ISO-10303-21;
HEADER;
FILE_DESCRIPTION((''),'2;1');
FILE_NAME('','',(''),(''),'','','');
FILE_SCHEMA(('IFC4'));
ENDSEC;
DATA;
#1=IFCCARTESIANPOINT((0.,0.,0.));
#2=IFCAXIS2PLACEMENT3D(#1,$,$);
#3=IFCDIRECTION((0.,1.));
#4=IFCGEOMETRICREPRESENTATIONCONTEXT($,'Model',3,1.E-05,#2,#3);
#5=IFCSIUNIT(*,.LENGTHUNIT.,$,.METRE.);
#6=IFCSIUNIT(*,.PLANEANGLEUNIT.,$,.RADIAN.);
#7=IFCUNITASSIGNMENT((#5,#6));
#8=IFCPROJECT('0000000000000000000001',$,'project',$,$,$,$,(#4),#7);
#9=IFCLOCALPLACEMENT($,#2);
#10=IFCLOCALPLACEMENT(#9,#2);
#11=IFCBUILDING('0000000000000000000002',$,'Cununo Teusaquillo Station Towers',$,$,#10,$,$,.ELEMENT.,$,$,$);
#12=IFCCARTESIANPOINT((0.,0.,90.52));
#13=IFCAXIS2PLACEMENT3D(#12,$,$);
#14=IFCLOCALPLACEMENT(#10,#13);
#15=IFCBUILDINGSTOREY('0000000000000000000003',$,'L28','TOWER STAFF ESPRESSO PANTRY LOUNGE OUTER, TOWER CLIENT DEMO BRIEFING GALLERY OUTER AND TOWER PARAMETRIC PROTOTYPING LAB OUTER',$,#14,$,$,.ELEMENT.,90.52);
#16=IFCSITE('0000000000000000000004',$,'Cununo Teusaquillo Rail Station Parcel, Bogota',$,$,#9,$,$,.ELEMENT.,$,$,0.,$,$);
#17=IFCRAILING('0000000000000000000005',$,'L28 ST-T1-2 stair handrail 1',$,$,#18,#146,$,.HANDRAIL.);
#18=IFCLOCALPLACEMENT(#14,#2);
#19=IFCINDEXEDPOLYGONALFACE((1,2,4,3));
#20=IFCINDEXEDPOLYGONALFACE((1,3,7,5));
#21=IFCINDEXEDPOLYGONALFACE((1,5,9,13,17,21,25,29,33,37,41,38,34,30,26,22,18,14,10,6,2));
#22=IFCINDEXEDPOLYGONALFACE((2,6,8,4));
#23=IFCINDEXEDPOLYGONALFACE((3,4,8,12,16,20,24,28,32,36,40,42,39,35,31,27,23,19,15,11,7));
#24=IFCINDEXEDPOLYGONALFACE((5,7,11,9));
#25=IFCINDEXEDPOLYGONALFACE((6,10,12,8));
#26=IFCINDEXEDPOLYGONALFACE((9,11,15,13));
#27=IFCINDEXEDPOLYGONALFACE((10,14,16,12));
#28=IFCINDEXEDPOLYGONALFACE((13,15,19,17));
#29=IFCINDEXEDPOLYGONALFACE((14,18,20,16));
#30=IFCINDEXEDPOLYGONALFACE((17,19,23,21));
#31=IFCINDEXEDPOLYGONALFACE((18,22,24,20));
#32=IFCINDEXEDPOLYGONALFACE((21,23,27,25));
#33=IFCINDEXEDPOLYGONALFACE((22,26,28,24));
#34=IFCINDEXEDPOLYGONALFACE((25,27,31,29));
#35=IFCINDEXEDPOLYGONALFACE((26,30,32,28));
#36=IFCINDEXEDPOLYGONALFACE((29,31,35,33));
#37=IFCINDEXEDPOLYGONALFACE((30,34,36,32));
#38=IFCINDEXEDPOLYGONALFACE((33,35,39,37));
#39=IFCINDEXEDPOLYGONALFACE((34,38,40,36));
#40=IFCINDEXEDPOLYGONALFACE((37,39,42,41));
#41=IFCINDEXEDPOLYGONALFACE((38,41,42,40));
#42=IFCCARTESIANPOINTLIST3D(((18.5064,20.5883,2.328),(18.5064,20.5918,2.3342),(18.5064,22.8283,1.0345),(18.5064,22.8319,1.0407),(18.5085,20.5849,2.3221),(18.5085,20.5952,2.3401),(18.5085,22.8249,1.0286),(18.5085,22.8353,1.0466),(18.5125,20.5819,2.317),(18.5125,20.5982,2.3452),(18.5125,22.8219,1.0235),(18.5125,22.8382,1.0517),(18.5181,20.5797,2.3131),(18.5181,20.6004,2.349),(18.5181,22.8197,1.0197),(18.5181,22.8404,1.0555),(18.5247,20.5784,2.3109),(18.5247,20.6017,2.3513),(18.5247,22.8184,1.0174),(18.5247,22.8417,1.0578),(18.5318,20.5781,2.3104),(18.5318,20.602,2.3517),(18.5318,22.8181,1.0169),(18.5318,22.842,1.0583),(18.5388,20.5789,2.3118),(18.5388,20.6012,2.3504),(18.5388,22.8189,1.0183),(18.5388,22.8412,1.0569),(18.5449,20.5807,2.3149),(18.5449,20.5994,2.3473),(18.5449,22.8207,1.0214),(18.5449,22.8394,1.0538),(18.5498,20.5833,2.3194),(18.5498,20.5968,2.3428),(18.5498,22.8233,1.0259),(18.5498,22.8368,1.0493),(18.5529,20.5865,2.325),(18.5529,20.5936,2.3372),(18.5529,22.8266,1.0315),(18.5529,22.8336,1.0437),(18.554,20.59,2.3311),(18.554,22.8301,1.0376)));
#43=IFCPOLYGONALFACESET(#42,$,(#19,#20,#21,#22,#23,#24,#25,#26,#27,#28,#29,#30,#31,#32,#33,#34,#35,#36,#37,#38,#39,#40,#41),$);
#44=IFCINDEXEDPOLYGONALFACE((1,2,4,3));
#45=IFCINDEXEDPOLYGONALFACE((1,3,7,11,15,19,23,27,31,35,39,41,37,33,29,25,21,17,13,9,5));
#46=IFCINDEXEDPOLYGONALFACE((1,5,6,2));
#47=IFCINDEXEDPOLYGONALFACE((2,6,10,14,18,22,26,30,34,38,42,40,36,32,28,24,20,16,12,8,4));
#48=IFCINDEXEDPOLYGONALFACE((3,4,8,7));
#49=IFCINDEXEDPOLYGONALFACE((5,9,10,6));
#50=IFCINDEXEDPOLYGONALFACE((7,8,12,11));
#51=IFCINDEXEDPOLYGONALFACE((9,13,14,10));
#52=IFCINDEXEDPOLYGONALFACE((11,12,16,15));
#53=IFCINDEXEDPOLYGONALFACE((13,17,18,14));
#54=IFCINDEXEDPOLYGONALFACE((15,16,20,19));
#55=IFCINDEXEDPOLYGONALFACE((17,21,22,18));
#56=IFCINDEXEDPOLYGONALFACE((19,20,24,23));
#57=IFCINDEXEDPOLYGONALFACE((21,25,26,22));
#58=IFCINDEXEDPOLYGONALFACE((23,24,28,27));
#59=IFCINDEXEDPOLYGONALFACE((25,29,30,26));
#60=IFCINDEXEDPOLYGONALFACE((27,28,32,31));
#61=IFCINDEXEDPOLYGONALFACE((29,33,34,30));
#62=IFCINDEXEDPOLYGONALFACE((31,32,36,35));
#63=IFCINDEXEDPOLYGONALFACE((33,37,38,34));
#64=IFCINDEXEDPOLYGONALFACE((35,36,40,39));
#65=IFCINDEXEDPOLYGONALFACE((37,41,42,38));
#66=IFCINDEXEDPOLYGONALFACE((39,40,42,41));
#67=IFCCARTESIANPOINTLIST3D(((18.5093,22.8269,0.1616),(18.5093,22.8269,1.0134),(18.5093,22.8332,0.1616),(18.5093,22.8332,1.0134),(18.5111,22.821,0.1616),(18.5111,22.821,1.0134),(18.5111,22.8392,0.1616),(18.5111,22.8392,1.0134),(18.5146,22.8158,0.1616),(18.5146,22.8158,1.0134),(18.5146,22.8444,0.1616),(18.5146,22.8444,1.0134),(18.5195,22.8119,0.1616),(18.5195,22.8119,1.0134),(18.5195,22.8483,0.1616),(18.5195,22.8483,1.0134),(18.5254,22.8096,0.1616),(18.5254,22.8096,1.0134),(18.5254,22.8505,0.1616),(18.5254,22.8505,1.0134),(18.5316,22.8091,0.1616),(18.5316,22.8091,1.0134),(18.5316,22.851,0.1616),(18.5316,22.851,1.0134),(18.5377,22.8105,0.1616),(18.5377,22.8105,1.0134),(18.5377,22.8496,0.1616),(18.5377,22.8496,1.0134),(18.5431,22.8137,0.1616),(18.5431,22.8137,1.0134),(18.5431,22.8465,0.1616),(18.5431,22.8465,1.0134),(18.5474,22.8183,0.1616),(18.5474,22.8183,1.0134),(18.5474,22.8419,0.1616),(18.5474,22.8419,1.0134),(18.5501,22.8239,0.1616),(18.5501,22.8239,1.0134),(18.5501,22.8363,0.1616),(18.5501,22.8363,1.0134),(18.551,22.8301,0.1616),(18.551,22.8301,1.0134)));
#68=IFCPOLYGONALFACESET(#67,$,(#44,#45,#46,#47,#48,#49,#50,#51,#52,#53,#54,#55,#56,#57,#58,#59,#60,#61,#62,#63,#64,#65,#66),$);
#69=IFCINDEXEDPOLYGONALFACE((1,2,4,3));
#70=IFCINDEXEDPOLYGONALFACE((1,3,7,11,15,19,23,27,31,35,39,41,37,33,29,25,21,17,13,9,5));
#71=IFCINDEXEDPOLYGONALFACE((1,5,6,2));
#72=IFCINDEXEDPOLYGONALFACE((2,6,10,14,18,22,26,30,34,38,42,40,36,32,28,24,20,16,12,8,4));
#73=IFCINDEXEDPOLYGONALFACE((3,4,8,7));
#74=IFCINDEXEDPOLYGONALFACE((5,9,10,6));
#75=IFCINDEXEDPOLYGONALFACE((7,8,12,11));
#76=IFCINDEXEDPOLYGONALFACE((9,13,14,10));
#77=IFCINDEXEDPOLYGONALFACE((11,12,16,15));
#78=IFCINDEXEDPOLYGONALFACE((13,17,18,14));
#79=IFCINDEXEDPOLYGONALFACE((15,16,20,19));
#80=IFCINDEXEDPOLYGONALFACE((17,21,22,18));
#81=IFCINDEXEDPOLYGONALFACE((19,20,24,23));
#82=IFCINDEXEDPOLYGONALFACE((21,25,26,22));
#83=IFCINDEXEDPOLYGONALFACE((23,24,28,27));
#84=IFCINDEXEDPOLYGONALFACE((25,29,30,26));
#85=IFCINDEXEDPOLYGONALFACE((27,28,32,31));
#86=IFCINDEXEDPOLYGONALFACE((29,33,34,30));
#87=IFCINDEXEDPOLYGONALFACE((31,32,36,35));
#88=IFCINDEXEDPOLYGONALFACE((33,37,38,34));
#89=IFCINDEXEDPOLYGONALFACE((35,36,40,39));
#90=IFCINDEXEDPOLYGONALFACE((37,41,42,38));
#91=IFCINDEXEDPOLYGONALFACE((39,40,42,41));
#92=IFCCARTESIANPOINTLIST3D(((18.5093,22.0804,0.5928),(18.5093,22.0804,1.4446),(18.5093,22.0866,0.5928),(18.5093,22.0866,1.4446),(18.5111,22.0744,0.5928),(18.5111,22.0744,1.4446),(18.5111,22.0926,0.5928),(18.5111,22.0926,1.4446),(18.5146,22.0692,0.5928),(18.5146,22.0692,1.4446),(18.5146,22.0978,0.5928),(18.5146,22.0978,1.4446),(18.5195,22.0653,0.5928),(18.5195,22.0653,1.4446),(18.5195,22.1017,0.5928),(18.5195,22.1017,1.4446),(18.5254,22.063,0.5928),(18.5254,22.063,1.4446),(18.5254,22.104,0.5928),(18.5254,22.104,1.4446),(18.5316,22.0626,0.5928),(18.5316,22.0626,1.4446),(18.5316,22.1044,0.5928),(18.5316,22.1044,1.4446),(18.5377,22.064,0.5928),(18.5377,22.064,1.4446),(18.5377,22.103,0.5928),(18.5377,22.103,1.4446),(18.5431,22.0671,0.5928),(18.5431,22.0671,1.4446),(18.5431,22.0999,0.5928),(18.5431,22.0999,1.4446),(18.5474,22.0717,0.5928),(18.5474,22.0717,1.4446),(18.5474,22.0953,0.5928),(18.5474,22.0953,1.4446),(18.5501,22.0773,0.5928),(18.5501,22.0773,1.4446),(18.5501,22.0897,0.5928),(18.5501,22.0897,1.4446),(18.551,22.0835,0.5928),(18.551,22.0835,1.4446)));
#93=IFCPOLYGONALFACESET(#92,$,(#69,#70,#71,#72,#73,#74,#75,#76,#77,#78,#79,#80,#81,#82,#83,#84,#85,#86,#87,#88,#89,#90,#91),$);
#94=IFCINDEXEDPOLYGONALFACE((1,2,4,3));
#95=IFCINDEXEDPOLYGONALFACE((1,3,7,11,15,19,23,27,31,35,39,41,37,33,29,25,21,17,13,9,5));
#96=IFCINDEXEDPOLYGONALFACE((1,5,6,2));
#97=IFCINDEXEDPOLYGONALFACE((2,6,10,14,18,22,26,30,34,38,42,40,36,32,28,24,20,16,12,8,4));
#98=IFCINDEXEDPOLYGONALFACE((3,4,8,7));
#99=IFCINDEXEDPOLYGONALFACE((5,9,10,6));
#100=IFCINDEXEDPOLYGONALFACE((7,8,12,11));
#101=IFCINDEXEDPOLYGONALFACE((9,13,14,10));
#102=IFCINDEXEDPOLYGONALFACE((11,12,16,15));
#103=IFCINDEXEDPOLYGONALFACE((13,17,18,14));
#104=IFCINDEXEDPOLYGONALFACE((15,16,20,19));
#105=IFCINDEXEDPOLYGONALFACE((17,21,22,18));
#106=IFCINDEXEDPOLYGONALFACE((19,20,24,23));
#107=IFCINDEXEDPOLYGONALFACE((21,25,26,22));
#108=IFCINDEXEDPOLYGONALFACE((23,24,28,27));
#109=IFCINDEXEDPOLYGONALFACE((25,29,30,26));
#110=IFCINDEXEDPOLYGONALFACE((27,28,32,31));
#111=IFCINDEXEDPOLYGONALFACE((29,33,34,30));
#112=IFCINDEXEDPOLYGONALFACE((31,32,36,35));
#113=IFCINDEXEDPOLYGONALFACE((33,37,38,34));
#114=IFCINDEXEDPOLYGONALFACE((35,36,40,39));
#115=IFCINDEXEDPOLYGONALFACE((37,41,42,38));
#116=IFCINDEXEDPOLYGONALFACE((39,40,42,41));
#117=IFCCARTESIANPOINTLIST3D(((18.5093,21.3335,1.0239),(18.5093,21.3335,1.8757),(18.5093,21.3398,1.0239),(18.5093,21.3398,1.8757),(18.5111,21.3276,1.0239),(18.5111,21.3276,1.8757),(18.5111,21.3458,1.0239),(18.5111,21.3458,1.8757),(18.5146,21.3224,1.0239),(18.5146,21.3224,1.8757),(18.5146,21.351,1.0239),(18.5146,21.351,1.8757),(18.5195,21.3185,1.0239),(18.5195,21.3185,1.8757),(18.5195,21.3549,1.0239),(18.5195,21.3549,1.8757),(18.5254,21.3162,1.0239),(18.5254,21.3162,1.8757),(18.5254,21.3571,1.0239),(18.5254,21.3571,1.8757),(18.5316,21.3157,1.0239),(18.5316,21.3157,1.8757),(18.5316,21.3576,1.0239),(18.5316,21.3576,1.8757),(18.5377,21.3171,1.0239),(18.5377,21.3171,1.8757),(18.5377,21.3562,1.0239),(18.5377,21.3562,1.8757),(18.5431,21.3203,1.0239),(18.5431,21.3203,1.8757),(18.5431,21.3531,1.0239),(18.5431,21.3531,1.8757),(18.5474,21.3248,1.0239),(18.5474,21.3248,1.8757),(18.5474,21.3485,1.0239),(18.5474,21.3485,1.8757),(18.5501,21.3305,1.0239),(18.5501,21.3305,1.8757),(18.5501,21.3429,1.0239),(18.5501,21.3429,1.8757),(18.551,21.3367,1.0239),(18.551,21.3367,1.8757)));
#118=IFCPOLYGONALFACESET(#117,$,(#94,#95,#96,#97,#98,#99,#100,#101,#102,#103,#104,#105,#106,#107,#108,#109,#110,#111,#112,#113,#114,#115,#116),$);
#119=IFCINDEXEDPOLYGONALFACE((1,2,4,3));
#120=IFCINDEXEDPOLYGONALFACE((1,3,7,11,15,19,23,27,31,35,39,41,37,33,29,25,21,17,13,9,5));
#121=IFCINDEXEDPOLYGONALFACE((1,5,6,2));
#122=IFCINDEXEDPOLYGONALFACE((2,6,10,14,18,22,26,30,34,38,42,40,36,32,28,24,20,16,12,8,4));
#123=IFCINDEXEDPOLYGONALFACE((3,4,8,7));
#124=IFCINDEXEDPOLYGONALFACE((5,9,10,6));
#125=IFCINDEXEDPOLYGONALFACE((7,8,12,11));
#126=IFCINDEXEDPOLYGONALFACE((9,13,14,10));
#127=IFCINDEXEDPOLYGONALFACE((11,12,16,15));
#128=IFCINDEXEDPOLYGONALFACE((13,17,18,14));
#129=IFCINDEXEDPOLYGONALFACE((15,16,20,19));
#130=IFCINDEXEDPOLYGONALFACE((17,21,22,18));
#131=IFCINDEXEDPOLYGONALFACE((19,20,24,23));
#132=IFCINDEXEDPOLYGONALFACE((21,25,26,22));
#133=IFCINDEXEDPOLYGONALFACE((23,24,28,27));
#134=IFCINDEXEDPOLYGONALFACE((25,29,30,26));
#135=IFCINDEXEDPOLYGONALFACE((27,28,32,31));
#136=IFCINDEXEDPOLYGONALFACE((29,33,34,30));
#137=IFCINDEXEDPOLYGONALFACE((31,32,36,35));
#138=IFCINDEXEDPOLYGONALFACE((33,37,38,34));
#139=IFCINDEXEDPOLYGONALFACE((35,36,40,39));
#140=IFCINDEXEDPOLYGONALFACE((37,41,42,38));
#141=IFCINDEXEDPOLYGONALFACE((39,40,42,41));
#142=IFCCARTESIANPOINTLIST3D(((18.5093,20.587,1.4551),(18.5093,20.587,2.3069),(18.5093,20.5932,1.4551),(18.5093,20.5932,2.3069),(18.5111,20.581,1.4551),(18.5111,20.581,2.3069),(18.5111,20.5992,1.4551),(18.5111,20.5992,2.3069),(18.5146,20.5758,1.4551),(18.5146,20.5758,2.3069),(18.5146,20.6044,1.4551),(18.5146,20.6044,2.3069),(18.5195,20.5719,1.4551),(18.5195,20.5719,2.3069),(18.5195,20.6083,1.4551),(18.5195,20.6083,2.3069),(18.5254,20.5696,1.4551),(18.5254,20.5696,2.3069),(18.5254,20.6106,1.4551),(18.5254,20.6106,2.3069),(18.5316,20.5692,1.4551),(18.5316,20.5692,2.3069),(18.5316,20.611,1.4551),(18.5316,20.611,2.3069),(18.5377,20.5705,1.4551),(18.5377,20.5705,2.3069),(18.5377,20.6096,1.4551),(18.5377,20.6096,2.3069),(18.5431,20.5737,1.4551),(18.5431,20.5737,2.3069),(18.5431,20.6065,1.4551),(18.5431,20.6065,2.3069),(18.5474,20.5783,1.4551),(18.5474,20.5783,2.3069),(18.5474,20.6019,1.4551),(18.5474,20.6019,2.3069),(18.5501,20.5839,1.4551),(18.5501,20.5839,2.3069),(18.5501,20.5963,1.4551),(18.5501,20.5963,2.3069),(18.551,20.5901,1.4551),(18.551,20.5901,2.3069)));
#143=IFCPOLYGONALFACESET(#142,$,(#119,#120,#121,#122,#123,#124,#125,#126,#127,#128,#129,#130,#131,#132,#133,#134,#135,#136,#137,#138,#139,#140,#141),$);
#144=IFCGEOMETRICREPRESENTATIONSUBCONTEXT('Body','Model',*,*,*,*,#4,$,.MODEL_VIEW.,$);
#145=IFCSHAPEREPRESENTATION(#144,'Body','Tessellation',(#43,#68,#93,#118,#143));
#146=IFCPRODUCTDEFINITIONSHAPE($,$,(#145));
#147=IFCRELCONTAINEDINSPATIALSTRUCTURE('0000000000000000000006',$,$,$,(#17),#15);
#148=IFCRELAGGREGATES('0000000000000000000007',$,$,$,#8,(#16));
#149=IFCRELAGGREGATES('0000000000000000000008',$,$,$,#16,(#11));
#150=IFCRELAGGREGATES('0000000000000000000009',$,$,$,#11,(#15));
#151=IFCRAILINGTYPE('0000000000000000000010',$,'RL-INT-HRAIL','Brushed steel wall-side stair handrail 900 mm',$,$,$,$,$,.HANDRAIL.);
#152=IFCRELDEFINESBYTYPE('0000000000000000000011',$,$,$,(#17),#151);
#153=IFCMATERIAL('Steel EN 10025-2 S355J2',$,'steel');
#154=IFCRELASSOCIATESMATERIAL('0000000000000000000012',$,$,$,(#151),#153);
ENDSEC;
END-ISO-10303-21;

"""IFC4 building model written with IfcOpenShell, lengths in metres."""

from ifc_helpers import new_model, si_unit, direction, frame, origin, origin_2d, place, context, subcontext, project, spatial, circle, extrude, material, type_object, element, save


model = new_model("IFC4")

# Units and contexts
model_context = context("Model", 3, precision=1e-05, world=origin(), true_north=direction((0.0, 1.0)))
body_context = subcontext(model_context, "Body", "Model", "MODEL_VIEW")
ifc_project = project(units=[si_unit("LENGTHUNIT", "METRE"), si_unit("PLANEANGLEUNIT", "RADIAN")], contexts=[model_context])

# Site, building, storey
site_placement = place(None, origin())
site = spatial("IfcSite", under=ifc_project, at=site_placement, Name="Cununo Teusaquillo Rail Station Parcel, Bogota", CompositionType="ELEMENT", RefElevation=0.0)
building_placement = place(site_placement, origin())
building = spatial("IfcBuilding", under=site, at=building_placement, Name="Cununo Teusaquillo Station Towers", CompositionType="ELEMENT")
storey_placement = place(building_placement, frame((0.0, 0.0, 90.52)))
storey = spatial("IfcBuildingStorey", under=building, at=storey_placement, Name="L28", Description="TOWER STAFF ESPRESSO PANTRY LOUNGE OUTER, TOWER CLIENT DEMO BRIEFING GALLERY OUTER AND TOWER PARAMETRIC PROTOTYPING LAB OUTER", CompositionType="ELEMENT", Elevation=90.52)

# Railing
ifc_material_1 = material(Name="Steel EN 10025-2 S355J2", Category="steel")
railing_type_1 = type_object("IfcRailingType", Name="RL-INT-HRAIL", Description="Brushed steel wall-side stair handrail 900 mm", PredefinedType="HANDRAIL", material=ifc_material_1)
railing_1_placement = place(storey_placement, frame((18.53, 22.8301, 0.1616)))
element("IfcRailing", 1, at=railing_1_placement, inside=storey, type_object=railing_type_1, Name="L28 ST-T1-2 stair handrail 1", PredefinedType="HANDRAIL", context=body_context, shape_type="SweptSolid", body=[
    extrude(circle(Radius=0.0239, at=origin_2d()), frame((0.0, 0.0, 0.876), z_axis=(0.0, -0.865992, 0.500057), x_axis=(1.0, 0.0, 0.0)), (0.0, 0.0, 1.0), 2.5867),
    extrude(circle(Radius=0.021, at=origin_2d()), origin(), (0.0, 0.0, 1.0), 0.8518),
    extrude(circle(Radius=0.021, at=origin_2d()), frame((0.0, -0.7466, 0.4312)), (0.0, 0.0, 1.0), 0.8518),
    extrude(circle(Radius=0.021, at=origin_2d()), frame((0.0, -1.4934, 0.8623)), (0.0, 0.0, 1.0), 0.8518),
    extrude(circle(Radius=0.021, at=origin_2d()), frame((0.0, -2.24, 1.2935)), (0.0, 0.0, 1.0), 0.8518),
])

save(model, "model.ifc")
